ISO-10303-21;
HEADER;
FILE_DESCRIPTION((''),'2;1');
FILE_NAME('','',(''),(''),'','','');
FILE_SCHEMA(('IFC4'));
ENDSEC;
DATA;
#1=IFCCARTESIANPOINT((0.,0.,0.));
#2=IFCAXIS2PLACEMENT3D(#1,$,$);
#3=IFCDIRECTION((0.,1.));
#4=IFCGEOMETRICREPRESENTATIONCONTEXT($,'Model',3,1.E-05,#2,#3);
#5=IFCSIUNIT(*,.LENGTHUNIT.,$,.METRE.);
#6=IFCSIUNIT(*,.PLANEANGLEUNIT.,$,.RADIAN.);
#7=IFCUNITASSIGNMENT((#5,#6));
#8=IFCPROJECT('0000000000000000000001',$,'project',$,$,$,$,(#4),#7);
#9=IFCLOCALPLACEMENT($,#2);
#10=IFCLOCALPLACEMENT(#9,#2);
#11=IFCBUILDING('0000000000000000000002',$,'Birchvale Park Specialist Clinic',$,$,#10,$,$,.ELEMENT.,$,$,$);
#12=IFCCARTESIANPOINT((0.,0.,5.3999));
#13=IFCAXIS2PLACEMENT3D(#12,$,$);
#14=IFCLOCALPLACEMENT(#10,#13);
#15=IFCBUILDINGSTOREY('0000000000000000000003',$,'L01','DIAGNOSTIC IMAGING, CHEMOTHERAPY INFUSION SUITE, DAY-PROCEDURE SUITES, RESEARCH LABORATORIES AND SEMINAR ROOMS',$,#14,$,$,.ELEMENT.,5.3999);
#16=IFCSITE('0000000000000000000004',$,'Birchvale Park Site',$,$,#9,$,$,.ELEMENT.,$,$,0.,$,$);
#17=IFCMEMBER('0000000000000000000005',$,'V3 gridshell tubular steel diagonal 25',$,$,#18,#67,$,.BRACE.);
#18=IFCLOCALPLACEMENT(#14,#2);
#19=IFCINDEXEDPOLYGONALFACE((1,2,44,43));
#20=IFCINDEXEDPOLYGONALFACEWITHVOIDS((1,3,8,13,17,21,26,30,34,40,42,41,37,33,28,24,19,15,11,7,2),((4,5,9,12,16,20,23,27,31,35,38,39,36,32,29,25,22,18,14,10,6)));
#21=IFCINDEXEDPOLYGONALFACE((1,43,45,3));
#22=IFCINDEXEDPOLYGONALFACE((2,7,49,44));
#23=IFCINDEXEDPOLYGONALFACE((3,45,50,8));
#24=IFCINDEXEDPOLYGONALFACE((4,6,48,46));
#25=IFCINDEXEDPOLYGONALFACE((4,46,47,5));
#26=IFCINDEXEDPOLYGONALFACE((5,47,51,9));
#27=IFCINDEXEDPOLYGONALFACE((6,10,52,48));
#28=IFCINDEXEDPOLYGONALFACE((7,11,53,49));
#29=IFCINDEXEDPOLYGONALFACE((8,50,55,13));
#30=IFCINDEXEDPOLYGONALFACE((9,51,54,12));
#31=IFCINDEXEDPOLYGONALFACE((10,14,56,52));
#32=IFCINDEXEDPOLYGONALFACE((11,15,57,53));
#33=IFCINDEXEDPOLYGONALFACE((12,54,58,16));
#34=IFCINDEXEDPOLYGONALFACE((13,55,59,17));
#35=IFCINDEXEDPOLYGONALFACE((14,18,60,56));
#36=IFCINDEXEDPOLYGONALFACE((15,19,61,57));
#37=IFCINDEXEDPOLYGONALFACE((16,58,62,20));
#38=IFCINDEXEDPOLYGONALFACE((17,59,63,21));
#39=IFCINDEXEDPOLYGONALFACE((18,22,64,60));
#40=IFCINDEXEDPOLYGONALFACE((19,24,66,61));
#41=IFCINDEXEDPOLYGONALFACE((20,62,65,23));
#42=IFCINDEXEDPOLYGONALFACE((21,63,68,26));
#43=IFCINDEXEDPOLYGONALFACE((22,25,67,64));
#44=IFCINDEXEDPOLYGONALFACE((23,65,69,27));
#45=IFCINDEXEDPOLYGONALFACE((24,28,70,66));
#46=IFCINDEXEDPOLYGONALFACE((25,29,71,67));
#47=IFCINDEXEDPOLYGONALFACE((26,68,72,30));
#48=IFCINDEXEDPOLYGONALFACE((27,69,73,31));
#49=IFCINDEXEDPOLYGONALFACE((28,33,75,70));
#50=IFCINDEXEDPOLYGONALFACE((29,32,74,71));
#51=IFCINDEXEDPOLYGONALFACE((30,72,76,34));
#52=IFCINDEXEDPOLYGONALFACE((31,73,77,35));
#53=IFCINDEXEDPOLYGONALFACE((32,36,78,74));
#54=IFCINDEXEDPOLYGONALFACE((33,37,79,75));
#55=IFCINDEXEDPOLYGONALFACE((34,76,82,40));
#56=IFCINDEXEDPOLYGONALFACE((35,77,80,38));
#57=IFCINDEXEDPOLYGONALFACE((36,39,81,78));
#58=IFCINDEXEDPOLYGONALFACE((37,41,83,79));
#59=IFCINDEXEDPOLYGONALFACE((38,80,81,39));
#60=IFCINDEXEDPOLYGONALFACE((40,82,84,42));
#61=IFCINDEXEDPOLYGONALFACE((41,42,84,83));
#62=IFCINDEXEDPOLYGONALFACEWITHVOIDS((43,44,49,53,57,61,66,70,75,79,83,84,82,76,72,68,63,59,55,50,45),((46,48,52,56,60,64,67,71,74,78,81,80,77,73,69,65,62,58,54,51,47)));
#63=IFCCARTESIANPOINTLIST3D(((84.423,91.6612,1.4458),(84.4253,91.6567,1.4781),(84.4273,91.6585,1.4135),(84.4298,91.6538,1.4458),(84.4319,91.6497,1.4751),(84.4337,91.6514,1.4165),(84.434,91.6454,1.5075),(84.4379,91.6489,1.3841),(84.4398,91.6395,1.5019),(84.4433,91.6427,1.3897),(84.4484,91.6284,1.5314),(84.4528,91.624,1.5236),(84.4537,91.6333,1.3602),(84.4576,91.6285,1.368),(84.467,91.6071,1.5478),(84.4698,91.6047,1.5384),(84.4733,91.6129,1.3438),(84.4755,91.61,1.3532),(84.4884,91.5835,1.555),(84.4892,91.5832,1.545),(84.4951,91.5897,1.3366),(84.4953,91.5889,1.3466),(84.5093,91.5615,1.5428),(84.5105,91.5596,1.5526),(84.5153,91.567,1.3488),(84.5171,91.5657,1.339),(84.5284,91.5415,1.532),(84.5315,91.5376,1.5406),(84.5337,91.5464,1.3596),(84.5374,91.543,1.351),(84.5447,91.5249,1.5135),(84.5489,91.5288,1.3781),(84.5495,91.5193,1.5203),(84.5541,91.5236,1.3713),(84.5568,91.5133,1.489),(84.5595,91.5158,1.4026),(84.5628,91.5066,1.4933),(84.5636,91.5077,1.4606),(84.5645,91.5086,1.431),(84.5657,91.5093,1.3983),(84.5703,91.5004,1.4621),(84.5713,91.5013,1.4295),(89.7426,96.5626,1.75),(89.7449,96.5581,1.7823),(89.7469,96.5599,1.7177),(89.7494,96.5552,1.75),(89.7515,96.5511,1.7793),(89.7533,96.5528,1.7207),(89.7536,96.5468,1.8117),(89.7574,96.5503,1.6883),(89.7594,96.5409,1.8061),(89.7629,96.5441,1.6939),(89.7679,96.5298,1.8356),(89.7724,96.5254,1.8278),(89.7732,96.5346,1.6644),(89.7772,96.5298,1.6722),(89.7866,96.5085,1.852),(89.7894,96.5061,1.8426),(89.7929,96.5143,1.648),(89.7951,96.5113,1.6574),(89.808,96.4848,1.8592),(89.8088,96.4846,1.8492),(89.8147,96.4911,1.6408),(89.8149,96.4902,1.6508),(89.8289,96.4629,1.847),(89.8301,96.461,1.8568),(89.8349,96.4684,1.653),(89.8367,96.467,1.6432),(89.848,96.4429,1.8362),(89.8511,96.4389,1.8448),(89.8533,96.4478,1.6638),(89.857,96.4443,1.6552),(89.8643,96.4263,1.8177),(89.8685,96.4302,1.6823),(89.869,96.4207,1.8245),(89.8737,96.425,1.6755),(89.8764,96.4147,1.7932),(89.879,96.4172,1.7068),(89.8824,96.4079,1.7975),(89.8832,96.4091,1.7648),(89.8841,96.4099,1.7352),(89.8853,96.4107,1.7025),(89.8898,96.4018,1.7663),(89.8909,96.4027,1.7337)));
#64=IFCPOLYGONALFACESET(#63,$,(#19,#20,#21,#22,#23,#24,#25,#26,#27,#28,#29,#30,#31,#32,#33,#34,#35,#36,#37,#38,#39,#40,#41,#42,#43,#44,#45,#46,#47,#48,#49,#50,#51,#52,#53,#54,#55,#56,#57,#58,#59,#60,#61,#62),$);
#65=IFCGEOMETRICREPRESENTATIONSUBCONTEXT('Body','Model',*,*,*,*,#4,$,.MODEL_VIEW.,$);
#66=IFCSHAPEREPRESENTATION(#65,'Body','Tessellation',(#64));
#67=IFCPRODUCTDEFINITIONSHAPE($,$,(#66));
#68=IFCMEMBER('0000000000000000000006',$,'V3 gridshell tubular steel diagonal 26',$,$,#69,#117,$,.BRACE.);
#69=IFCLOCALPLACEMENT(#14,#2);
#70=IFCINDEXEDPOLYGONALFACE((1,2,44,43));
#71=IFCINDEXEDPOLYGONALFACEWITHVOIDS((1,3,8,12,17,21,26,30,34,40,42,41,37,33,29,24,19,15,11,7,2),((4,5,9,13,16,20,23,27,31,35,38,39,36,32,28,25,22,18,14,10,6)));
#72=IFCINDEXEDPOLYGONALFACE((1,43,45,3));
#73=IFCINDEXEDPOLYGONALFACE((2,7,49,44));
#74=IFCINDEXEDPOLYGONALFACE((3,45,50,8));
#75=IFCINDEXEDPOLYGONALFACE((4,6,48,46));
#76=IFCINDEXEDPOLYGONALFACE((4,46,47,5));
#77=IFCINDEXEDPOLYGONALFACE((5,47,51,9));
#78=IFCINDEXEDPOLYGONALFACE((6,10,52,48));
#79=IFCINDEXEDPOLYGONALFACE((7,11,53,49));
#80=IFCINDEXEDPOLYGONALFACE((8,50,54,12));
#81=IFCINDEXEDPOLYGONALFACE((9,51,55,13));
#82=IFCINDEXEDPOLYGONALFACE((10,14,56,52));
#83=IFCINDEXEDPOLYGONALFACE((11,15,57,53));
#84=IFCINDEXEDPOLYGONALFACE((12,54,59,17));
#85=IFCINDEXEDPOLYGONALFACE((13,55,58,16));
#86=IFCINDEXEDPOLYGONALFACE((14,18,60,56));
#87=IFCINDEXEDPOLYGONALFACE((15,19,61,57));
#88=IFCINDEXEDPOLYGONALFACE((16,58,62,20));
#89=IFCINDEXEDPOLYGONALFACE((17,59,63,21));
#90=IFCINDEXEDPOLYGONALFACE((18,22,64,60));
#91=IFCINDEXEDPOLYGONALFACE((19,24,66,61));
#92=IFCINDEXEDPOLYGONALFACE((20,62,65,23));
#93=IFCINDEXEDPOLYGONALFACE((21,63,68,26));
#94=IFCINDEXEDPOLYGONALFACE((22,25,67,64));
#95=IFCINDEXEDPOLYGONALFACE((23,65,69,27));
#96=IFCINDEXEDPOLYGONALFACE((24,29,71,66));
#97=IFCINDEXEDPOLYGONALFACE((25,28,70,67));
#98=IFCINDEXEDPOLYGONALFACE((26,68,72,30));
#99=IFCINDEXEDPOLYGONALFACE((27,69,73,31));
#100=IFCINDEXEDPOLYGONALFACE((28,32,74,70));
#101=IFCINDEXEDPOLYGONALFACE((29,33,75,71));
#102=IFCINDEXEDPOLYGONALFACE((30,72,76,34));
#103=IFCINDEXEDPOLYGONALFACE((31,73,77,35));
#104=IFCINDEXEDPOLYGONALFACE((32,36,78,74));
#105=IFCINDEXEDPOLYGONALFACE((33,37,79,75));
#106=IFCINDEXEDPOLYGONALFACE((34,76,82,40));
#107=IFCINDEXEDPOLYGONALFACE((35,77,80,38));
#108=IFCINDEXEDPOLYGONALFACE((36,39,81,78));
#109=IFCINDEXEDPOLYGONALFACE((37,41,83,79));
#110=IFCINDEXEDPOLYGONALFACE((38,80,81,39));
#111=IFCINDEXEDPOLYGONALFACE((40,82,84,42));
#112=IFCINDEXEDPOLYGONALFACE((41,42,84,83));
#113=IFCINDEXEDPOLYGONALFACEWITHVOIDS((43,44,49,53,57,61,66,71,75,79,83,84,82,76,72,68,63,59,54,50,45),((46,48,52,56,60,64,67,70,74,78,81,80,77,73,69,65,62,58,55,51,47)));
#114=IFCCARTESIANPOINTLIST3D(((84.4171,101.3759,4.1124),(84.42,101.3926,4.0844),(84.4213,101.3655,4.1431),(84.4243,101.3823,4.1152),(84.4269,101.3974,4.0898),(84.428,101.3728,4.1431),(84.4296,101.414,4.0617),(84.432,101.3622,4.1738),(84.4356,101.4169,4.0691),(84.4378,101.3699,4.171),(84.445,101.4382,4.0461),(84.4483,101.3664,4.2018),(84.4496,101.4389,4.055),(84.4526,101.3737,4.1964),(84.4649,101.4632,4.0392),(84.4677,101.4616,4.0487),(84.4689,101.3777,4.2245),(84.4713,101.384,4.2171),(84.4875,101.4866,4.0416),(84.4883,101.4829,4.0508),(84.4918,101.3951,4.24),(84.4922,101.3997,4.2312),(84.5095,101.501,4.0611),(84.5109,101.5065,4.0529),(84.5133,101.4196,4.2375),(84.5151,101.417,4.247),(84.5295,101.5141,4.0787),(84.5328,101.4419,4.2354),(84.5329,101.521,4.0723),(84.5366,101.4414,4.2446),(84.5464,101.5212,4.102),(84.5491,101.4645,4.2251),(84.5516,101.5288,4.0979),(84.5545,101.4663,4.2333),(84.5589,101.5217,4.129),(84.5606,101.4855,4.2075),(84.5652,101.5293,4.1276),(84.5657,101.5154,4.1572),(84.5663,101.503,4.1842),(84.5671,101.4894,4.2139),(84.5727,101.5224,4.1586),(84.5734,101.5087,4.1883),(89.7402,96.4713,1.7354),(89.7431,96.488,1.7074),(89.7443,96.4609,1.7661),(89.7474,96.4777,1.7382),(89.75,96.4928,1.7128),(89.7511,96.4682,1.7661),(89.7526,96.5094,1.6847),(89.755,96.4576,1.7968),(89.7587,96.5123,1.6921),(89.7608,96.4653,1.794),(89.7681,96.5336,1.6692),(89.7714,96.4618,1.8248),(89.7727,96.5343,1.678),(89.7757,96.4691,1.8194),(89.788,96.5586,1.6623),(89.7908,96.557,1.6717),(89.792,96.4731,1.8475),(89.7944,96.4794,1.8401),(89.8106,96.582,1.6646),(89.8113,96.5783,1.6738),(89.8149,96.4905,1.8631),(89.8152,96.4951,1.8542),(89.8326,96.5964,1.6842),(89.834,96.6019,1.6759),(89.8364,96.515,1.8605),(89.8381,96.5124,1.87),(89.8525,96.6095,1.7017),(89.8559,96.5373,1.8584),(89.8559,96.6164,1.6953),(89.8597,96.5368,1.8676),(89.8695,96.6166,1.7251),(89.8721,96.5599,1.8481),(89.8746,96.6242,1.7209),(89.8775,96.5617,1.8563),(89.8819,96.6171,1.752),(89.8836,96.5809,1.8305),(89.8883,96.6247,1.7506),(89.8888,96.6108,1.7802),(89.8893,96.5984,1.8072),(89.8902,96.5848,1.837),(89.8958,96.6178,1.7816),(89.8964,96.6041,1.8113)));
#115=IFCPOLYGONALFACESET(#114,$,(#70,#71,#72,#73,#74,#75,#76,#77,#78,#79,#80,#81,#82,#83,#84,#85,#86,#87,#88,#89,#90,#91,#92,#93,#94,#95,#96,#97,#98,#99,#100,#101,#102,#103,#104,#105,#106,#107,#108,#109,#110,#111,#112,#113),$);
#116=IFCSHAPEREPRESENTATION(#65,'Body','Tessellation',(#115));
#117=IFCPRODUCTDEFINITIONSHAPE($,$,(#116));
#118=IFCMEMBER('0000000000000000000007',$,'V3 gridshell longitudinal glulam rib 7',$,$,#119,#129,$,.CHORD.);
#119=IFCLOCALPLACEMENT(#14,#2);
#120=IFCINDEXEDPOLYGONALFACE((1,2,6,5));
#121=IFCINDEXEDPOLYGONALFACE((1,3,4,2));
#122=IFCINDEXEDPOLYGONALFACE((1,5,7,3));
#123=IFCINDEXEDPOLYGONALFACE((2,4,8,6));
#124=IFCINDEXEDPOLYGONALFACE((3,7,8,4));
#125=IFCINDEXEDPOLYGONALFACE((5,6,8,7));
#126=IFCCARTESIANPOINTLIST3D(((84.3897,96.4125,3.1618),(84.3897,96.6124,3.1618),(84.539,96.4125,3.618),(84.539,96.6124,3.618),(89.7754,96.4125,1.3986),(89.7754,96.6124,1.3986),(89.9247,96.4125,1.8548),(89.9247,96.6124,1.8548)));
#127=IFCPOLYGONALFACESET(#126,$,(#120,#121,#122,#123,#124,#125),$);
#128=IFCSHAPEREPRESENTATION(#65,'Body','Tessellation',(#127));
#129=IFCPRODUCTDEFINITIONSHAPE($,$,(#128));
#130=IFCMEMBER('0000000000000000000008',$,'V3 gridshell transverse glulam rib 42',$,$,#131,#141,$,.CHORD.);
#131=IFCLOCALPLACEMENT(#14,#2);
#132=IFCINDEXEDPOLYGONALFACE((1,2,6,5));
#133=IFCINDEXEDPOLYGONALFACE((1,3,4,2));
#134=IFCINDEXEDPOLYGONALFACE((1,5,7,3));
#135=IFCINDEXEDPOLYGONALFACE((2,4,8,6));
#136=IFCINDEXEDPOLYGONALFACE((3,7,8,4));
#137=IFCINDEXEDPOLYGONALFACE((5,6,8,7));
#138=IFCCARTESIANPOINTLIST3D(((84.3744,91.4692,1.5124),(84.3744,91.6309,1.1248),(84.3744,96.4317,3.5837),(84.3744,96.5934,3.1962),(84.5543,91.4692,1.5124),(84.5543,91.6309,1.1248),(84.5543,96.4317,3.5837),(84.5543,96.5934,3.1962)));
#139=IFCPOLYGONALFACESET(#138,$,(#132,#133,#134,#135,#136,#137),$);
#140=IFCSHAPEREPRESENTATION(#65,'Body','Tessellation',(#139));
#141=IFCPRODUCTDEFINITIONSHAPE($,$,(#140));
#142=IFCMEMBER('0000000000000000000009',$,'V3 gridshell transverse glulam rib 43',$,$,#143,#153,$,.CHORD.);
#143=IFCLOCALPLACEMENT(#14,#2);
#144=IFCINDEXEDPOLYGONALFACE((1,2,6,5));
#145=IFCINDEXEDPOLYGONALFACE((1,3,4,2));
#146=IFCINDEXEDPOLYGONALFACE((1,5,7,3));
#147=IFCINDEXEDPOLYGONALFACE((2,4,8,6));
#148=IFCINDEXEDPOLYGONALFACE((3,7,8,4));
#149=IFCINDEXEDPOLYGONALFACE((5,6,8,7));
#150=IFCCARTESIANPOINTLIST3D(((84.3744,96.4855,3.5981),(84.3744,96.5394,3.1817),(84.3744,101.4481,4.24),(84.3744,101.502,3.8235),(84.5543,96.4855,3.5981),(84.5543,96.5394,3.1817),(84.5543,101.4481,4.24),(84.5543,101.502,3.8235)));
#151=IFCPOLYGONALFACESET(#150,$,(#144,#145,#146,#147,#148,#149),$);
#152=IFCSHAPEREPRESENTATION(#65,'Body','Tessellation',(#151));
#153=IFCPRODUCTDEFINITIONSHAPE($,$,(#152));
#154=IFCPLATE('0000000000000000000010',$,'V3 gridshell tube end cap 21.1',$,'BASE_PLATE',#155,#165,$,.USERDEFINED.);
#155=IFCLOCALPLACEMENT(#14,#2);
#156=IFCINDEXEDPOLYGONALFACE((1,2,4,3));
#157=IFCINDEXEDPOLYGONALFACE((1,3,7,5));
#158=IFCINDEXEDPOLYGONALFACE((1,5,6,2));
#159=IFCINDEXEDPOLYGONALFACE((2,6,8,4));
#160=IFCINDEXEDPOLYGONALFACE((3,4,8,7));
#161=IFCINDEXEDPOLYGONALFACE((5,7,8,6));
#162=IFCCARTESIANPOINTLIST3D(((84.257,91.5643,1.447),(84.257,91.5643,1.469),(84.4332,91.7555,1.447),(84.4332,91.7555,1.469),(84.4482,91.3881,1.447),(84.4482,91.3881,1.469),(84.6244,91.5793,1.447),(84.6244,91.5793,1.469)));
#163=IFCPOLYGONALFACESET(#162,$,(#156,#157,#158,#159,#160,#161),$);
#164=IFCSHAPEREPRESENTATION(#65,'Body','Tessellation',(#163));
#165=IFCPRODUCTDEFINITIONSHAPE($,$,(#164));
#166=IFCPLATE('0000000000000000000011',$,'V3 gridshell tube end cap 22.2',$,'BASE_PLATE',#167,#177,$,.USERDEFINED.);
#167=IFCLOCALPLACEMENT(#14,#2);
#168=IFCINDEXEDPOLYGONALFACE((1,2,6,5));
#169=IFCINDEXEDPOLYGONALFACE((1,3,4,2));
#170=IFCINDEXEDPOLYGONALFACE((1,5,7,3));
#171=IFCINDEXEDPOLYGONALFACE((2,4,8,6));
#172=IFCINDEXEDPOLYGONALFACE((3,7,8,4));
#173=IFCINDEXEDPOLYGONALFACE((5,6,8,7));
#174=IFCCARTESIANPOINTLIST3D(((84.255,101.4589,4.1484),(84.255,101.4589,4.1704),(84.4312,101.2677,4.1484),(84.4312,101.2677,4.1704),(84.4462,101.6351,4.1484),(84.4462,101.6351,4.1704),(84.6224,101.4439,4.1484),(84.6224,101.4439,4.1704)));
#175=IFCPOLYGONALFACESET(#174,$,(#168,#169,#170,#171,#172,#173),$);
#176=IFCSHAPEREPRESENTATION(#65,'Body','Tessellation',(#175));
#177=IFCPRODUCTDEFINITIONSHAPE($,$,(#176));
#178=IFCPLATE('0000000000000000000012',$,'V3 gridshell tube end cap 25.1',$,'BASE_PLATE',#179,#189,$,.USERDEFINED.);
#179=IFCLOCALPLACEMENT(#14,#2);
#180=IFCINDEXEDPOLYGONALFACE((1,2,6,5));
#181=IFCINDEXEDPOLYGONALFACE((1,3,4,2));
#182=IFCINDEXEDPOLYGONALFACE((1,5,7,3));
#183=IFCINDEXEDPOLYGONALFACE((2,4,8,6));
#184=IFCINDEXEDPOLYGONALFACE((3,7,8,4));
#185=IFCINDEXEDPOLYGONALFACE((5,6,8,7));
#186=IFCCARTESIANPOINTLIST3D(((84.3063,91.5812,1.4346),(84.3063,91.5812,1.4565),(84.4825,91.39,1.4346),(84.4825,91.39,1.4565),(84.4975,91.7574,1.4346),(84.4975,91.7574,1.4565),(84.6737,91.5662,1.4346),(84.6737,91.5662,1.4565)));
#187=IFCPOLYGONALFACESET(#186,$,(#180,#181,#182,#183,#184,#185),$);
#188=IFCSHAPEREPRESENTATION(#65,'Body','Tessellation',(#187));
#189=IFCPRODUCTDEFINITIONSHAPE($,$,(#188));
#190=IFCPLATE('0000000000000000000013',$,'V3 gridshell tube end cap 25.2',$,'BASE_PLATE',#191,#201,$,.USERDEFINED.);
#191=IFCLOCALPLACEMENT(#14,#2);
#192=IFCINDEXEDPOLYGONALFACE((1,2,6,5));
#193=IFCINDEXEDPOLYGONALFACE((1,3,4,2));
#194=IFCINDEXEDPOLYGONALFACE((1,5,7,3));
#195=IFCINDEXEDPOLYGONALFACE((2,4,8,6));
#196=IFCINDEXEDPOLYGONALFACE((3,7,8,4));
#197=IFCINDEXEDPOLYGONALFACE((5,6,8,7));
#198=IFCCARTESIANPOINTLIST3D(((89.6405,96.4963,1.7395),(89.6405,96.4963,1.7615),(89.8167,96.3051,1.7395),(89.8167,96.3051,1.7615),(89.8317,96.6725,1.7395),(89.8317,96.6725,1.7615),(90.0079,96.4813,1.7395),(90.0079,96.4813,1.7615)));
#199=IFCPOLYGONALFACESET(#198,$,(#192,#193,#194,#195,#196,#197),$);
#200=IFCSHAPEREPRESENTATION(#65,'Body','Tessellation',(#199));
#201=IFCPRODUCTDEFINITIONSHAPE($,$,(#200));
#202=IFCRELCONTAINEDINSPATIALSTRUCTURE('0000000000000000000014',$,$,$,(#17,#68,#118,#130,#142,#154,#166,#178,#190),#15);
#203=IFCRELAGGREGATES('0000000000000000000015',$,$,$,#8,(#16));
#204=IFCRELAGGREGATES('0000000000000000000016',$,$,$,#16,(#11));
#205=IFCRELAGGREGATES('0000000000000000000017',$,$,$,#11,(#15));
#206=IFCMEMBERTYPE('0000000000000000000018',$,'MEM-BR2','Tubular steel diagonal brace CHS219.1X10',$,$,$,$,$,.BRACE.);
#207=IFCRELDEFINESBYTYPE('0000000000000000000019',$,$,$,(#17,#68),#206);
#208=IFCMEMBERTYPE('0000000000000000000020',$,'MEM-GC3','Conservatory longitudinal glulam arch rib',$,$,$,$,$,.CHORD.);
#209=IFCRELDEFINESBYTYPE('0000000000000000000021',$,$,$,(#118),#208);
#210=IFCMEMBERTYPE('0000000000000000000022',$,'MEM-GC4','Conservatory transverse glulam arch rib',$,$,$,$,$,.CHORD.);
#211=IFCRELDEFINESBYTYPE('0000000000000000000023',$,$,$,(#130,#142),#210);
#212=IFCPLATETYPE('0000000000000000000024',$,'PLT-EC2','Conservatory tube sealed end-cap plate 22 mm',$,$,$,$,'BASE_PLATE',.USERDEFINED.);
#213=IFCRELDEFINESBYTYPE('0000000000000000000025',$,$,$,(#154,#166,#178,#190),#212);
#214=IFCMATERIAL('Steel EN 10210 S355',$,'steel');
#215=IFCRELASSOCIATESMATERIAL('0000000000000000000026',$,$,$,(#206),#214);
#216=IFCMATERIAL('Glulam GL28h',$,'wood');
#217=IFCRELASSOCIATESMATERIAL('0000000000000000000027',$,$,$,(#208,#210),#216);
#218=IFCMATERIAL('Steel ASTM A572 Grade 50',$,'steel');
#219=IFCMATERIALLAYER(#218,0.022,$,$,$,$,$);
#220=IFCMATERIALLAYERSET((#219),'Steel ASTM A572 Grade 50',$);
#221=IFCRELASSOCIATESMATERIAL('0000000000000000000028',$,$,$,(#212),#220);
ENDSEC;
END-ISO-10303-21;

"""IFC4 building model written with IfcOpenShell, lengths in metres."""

from ifc_helpers import new_model, si_unit, direction, frame, origin, origin_2d, place, context, subcontext, project, spatial, rectangle, hollow_circle, extrude, material, layer, layer_set, material_profile, profile_set, type_object, element, save


model = new_model("IFC4")

# Units and contexts
model_context = context("Model", 3, precision=1e-05, world=origin(), true_north=direction((0.0, 1.0)))
body_context = subcontext(model_context, "Body", "Model", "MODEL_VIEW")
ifc_project = project(units=[si_unit("LENGTHUNIT", "METRE"), si_unit("PLANEANGLEUNIT", "RADIAN")], contexts=[model_context])

# Site, building, storey
site_placement = place(None, origin())
site = spatial("IfcSite", under=ifc_project, at=site_placement, Name="Birchvale Park Site", CompositionType="ELEMENT", RefElevation=0.0)
building_placement = place(site_placement, origin())
building = spatial("IfcBuilding", under=site, at=building_placement, Name="Birchvale Park Specialist Clinic", CompositionType="ELEMENT")
storey_placement = place(building_placement, frame((0.0, 0.0, 5.3999)))
storey = spatial("IfcBuildingStorey", under=building, at=storey_placement, Name="L01", Description="DIAGNOSTIC IMAGING, CHEMOTHERAPY INFUSION SUITE, DAY-PROCEDURE SUITES, RESEARCH LABORATORIES AND SEMINAR ROOMS", CompositionType="ELEMENT", Elevation=5.3999)

# Members
ifc_material_1 = material(Name="Steel EN 10210 S355", Category="steel")
ifc_material_profile_1 = material_profile(ifc_material_1, hollow_circle(Radius=0.1096, WallThickness=0.01, at=origin_2d()), Name="CHS219.1X10")
ifc_profile_set_1 = profile_set([ifc_material_profile_1], Name="Steel EN 10210 S355")
member_type_1 = type_object("IfcMemberType", Name="MEM-BR2", Description="Tubular steel diagonal brace CHS219.1X10", PredefinedType="BRACE", material=ifc_profile_set_1)
member_1_placement = place(storey_placement, frame((84.4973, 91.5806, 1.4458), z_axis=(0.734775, 0.677009, 0.042018), x_axis=(-0.677607, 0.735424, 0.0)))
element("IfcMember", 1, at=member_1_placement, inside=storey, type_object=member_type_1, Name="V3 gridshell tubular steel diagonal 25", PredefinedType="BRACE", context=body_context, shape_type="SweptSolid", body=[
    extrude(hollow_circle(Radius=0.1096, WallThickness=0.01, at=origin_2d()), origin(), (0.0, 0.0, 1.0), 7.2397),
])
member_2_placement = place(storey_placement, frame((89.8186, 96.5415, 1.7661), z_axis=(-0.698711, 0.643783, 0.312005), x_axis=(-0.677609, -0.735423, 0.0)))
element("IfcMember", 2, at=member_2_placement, inside=storey, type_object=member_type_1, Name="V3 gridshell tubular steel diagonal 26", PredefinedType="BRACE", context=body_context, shape_type="SweptSolid", body=[
    extrude(hollow_circle(Radius=0.1096, WallThickness=0.01, at=origin_2d()), origin(), (0.0, 0.0, 1.0), 7.6184),
])
ifc_material_2 = material(Name="Glulam GL28h", Category="wood")
ifc_material_profile_2 = material_profile(ifc_material_2, rectangle(XDim=0.2, YDim=0.48, at=origin_2d()), Name="GL-200x480")
ifc_profile_set_2 = profile_set([ifc_material_profile_2], Name="Glulam GL28h")
member_type_2 = type_object("IfcMemberType", Name="MEM-GC3", Description="Conservatory longitudinal glulam arch rib", PredefinedType="CHORD", material=ifc_profile_set_2)
member_3_placement = place(storey_placement, frame((84.4644, 96.5125, 3.3899), z_axis=(0.950367, 0.0, -0.311131), x_axis=(0.0, 1.0, 0.0)))
element("IfcMember", 3, at=member_3_placement, inside=storey, type_object=member_type_2, Name="V3 gridshell longitudinal glulam rib 7", PredefinedType="CHORD", context=body_context, shape_type="SweptSolid", body=[
    extrude(rectangle(XDim=0.2, YDim=0.48, at=origin_2d()), origin(), (0.0, 0.0, 1.0), 5.667),
])
ifc_material_profile_3 = material_profile(ifc_material_2, rectangle(XDim=0.1799, YDim=0.4199, at=origin_2d()), Name="GL-180x420")
ifc_profile_set_3 = profile_set([ifc_material_profile_3], Name="Glulam GL28h")
member_type_3 = type_object("IfcMemberType", Name="MEM-GC4", Description="Conservatory transverse glulam arch rib", PredefinedType="CHORD", material=ifc_profile_set_3)
member_4_placement = place(storey_placement, frame((84.4644, 91.55, 1.3186), z_axis=(0.0, 0.922838, 0.385189), x_axis=(-1.0, 0.0, 0.0)))
element("IfcMember", 4, at=member_4_placement, inside=storey, type_object=member_type_3, Name="V3 gridshell transverse glulam rib 42", PredefinedType="CHORD", context=body_context, shape_type="SweptSolid", body=[
    extrude(rectangle(XDim=0.1799, YDim=0.4199, at=origin_2d()), origin(), (0.0, 0.0, 1.0), 5.3774),
])
member_5_placement = place(storey_placement, frame((84.4644, 96.5125, 3.3899), z_axis=(0.0, 0.99174, 0.128267), x_axis=(-1.0, 0.0, 0.0)))
element("IfcMember", 5, at=member_5_placement, inside=storey, type_object=member_type_3, Name="V3 gridshell transverse glulam rib 43", PredefinedType="CHORD", context=body_context, shape_type="SweptSolid", body=[
    extrude(rectangle(XDim=0.1799, YDim=0.4199, at=origin_2d()), origin(), (0.0, 0.0, 1.0), 5.0039),
])

# Plates
ifc_material_3 = material(Name="Steel ASTM A572 Grade 50", Category="steel")
ifc_layer_1 = layer(ifc_material_3, 0.022)
ifc_layer_set_1 = layer_set([ifc_layer_1], Name="Steel ASTM A572 Grade 50")
plate_type_1 = type_object("IfcPlateType", Name="PLT-EC2", Description="Conservatory tube sealed end-cap plate 22 mm", ElementType="BASE_PLATE", PredefinedType="USERDEFINED", material=ifc_layer_set_1)
for number, where, z_axis, x_axis, name in (
    (6, (84.4407, 91.5718, 1.447), (0.0, 0.0, 1.0), (-0.735388, 0.677646, 0.0), "V3 gridshell tube end cap 21.1"),
    (7, (84.4387, 101.4514, 4.1484), (0.0, 0.0, 1.0), (0.735388, 0.677646, 0.0), "V3 gridshell tube end cap 22.2"),
    (8, (84.49, 91.5737, 1.4346), (0.0, 0.0, 1.0), (0.735388, 0.677646, 0.0), "V3 gridshell tube end cap 25.1"),
    (9, (89.8242, 96.4888, 1.7395), (0.0, 0.0, 1.0), (0.735388, 0.677646, 0.0), "V3 gridshell tube end cap 25.2"),
):
    element("IfcPlate", number, at=place(storey_placement, frame(where, z_axis=z_axis, x_axis=x_axis)), inside=storey, type_object=plate_type_1, Name=name, ObjectType="BASE_PLATE", PredefinedType="USERDEFINED", context=body_context, shape_type="SweptSolid", body=[
        extrude(rectangle(XDim=0.26, YDim=0.26, at=origin_2d()), origin(), (0.0, 0.0, 1.0), 0.022),
    ])

save(model, "model.ifc")
